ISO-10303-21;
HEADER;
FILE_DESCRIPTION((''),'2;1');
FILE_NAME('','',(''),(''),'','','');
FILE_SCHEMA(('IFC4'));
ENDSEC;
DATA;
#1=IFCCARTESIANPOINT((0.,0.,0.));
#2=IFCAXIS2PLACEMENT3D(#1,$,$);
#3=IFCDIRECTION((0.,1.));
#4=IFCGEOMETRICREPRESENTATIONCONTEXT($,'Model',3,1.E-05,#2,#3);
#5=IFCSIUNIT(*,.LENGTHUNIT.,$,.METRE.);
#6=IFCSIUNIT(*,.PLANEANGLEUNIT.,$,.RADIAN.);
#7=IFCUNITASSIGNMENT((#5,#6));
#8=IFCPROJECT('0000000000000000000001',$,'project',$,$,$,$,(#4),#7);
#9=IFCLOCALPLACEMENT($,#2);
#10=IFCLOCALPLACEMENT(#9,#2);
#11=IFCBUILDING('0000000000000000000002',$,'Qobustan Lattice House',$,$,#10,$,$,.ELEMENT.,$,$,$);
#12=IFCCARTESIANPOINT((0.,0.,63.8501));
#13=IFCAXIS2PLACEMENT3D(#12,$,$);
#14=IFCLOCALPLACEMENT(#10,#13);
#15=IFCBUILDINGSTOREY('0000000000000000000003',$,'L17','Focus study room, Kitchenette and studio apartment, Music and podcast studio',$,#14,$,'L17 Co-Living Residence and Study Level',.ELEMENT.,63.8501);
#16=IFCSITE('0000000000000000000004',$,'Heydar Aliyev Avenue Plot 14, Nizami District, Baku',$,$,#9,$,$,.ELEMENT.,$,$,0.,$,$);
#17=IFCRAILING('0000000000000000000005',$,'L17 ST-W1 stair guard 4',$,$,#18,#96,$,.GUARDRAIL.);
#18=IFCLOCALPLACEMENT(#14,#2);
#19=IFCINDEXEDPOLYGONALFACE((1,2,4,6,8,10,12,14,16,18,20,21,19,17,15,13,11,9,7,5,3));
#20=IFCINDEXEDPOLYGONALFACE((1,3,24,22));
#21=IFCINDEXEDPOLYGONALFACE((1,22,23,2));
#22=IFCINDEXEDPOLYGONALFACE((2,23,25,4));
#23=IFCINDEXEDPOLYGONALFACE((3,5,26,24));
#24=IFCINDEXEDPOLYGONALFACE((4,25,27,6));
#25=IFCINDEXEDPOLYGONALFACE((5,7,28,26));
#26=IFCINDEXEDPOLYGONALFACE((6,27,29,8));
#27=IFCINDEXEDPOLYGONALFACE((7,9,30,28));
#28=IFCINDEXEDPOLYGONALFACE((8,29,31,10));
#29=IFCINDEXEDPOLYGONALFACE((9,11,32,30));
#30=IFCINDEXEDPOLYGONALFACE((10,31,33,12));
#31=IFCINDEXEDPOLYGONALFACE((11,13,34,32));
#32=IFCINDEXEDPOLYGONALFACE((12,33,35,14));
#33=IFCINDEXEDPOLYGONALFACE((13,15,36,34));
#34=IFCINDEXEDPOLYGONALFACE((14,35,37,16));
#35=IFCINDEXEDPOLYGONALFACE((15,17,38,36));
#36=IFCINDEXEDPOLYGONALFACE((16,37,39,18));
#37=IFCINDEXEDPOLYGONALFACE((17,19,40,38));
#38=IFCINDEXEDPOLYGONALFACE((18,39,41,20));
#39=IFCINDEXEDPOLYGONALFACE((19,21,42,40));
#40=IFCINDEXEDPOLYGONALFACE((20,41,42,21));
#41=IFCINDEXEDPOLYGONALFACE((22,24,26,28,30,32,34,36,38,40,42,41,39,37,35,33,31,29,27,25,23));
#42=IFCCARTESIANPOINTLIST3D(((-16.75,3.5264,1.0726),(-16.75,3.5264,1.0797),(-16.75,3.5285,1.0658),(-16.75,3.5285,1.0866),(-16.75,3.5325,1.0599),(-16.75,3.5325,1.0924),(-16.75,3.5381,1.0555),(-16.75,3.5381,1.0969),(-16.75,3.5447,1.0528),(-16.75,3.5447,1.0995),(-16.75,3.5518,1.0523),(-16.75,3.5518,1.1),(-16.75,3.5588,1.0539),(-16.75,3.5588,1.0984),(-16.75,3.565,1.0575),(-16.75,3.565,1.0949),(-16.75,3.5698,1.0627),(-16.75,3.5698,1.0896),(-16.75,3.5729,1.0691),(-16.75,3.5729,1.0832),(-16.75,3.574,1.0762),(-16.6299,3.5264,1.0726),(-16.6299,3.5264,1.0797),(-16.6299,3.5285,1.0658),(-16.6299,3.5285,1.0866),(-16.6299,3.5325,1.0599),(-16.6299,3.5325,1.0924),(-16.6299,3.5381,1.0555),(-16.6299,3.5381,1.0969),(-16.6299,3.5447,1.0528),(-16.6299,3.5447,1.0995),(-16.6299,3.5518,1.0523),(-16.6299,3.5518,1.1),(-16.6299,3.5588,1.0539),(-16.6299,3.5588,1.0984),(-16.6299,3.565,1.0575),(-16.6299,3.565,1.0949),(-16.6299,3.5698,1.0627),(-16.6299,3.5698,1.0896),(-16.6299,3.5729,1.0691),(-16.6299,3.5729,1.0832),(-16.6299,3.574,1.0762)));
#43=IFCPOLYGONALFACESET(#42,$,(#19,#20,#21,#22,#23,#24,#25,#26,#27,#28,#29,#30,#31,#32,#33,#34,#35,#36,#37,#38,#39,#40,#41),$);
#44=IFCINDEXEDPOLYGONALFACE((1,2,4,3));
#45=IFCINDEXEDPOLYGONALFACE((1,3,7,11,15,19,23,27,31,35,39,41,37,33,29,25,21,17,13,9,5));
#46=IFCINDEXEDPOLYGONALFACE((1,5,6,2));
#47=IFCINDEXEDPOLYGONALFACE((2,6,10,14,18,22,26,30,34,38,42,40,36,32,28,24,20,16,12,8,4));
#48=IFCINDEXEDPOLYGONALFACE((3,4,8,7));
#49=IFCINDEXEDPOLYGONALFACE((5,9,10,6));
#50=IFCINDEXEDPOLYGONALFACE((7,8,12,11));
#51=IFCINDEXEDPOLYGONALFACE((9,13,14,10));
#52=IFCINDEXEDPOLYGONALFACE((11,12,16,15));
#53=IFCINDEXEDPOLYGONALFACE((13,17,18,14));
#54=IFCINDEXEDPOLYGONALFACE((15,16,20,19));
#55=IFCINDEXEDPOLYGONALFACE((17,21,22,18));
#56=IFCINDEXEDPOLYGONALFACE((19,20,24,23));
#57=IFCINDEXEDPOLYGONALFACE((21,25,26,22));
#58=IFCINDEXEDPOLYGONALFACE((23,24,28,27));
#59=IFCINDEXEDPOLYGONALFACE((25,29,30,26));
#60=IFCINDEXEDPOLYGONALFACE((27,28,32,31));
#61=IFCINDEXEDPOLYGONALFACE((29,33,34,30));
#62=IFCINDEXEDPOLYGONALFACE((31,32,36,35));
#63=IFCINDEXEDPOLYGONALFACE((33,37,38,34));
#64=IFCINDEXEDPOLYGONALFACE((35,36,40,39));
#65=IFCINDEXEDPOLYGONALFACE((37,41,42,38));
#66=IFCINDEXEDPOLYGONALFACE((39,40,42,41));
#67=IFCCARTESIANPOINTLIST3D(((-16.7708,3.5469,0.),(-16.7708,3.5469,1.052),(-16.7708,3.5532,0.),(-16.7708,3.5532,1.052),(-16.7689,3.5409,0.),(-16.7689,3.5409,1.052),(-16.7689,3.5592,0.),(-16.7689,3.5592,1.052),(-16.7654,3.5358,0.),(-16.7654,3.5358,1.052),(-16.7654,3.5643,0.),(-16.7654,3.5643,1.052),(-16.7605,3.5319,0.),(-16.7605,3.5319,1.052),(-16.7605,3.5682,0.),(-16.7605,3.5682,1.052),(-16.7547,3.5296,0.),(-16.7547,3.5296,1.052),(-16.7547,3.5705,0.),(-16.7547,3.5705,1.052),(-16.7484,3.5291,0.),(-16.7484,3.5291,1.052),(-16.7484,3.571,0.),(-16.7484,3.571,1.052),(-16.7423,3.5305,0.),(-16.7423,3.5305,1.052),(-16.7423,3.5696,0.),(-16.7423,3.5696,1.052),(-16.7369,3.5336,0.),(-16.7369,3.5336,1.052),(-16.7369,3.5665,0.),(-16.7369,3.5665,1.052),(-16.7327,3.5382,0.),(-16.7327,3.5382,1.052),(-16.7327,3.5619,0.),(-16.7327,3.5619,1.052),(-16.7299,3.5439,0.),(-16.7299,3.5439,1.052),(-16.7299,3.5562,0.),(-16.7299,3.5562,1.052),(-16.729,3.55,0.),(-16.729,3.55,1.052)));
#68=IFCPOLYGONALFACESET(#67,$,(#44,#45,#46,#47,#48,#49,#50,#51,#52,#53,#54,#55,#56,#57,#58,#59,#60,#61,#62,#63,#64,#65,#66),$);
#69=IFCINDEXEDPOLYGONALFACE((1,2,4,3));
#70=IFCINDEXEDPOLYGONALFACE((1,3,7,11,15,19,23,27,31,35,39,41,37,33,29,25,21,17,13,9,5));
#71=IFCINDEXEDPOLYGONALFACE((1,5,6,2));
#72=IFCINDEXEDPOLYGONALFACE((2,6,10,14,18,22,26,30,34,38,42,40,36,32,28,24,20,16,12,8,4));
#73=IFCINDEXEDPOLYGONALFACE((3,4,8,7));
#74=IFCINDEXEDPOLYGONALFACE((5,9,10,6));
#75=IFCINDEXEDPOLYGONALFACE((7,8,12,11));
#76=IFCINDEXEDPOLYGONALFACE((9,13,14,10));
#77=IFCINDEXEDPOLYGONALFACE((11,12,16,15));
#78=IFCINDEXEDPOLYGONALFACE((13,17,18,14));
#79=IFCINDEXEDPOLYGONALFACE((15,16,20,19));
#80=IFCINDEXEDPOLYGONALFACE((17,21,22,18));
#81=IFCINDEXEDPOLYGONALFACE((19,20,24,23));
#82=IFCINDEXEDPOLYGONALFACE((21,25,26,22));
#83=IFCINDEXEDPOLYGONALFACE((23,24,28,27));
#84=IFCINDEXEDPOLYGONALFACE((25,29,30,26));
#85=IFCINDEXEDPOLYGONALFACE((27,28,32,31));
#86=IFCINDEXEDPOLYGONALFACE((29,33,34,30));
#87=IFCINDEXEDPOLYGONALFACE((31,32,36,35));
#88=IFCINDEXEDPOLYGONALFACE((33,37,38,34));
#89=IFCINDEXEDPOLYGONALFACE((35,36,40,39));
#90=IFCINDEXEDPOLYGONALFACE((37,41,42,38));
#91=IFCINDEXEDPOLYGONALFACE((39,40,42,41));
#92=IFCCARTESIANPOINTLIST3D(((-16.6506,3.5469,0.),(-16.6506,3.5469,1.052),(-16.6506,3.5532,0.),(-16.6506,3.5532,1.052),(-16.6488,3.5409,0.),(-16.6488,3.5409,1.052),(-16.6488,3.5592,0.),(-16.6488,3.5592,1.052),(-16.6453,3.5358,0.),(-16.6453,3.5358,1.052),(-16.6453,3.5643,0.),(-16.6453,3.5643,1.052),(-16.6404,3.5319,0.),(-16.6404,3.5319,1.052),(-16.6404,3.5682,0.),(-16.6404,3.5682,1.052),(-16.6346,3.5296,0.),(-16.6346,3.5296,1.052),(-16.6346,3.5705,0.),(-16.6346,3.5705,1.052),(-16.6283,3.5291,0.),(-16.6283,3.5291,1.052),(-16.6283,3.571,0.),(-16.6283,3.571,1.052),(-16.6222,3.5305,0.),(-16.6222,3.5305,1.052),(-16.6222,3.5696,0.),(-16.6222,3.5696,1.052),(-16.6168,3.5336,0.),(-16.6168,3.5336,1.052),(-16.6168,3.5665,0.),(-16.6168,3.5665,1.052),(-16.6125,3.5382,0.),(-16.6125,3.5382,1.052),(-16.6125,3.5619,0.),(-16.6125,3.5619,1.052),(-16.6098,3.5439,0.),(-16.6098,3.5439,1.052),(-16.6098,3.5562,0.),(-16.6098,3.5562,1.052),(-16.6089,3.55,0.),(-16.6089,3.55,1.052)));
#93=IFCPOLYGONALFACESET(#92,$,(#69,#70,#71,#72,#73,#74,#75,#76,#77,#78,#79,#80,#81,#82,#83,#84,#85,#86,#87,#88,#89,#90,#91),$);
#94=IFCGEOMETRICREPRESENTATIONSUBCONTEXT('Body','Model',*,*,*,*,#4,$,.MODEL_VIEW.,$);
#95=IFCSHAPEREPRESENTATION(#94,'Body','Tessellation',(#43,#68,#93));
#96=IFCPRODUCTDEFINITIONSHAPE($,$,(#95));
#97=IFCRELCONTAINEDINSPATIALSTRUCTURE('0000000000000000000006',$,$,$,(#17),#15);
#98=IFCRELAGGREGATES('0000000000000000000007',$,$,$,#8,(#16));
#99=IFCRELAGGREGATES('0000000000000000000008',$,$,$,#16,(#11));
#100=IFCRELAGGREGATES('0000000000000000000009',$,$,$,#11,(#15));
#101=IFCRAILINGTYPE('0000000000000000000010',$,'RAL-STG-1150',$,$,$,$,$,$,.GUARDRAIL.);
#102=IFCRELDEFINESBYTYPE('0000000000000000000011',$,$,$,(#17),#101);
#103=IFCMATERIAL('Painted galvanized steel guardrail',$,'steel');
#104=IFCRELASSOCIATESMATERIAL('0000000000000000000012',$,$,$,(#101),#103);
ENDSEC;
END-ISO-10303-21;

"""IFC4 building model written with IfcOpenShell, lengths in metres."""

from ifc_helpers import new_model, si_unit, direction, frame, origin, origin_2d, place, context, subcontext, project, spatial, circle, extrude, material, type_object, element, save


model = new_model("IFC4")

# Units and contexts
model_context = context("Model", 3, precision=1e-05, world=origin(), true_north=direction((0.0, 1.0)))
body_context = subcontext(model_context, "Body", "Model", "MODEL_VIEW")
ifc_project = project(units=[si_unit("LENGTHUNIT", "METRE"), si_unit("PLANEANGLEUNIT", "RADIAN")], contexts=[model_context])

# Site, building, storey
site_placement = place(None, origin())
site = spatial("IfcSite", under=ifc_project, at=site_placement, Name="Heydar Aliyev Avenue Plot 14, Nizami District, Baku", CompositionType="ELEMENT", RefElevation=0.0)
building_placement = place(site_placement, origin())
building = spatial("IfcBuilding", under=site, at=building_placement, Name="Qobustan Lattice House", CompositionType="ELEMENT")
storey_placement = place(building_placement, frame((0.0, 0.0, 63.8501)))
storey = spatial("IfcBuildingStorey", under=building, at=storey_placement, Name="L17", Description="Focus study room, Kitchenette and studio apartment, Music and podcast studio", LongName="L17 Co-Living Residence and Study Level", CompositionType="ELEMENT", Elevation=63.8501)

# Railing
ifc_material_1 = material(Name="Painted galvanized steel guardrail", Category="steel")
railing_type_1 = type_object("IfcRailingType", Name="RAL-STG-1150", PredefinedType="GUARDRAIL", material=ifc_material_1)
railing_1_placement = place(storey_placement, frame((-16.75, 3.55, 0.0)))
element("IfcRailing", 1, at=railing_1_placement, inside=storey, type_object=railing_type_1, Name="L17 ST-W1 stair guard 4", PredefinedType="GUARDRAIL", context=body_context, shape_type="SweptSolid", body=[
    extrude(circle(Radius=0.0239, at=origin_2d()), frame((0.0, 0.0, 1.0762), z_axis=(1.0, 0.0, 0.0), x_axis=(0.0, 1.0, 0.0)), (0.0, 0.0, 1.0), 0.1201),
    extrude(circle(Radius=0.021, at=origin_2d()), origin(), (0.0, 0.0, 1.0), 1.052),
    extrude(circle(Radius=0.021, at=origin_2d()), frame((0.1201, 0.0, 0.0)), (0.0, 0.0, 1.0), 1.052),
])

save(model, "model.ifc")
